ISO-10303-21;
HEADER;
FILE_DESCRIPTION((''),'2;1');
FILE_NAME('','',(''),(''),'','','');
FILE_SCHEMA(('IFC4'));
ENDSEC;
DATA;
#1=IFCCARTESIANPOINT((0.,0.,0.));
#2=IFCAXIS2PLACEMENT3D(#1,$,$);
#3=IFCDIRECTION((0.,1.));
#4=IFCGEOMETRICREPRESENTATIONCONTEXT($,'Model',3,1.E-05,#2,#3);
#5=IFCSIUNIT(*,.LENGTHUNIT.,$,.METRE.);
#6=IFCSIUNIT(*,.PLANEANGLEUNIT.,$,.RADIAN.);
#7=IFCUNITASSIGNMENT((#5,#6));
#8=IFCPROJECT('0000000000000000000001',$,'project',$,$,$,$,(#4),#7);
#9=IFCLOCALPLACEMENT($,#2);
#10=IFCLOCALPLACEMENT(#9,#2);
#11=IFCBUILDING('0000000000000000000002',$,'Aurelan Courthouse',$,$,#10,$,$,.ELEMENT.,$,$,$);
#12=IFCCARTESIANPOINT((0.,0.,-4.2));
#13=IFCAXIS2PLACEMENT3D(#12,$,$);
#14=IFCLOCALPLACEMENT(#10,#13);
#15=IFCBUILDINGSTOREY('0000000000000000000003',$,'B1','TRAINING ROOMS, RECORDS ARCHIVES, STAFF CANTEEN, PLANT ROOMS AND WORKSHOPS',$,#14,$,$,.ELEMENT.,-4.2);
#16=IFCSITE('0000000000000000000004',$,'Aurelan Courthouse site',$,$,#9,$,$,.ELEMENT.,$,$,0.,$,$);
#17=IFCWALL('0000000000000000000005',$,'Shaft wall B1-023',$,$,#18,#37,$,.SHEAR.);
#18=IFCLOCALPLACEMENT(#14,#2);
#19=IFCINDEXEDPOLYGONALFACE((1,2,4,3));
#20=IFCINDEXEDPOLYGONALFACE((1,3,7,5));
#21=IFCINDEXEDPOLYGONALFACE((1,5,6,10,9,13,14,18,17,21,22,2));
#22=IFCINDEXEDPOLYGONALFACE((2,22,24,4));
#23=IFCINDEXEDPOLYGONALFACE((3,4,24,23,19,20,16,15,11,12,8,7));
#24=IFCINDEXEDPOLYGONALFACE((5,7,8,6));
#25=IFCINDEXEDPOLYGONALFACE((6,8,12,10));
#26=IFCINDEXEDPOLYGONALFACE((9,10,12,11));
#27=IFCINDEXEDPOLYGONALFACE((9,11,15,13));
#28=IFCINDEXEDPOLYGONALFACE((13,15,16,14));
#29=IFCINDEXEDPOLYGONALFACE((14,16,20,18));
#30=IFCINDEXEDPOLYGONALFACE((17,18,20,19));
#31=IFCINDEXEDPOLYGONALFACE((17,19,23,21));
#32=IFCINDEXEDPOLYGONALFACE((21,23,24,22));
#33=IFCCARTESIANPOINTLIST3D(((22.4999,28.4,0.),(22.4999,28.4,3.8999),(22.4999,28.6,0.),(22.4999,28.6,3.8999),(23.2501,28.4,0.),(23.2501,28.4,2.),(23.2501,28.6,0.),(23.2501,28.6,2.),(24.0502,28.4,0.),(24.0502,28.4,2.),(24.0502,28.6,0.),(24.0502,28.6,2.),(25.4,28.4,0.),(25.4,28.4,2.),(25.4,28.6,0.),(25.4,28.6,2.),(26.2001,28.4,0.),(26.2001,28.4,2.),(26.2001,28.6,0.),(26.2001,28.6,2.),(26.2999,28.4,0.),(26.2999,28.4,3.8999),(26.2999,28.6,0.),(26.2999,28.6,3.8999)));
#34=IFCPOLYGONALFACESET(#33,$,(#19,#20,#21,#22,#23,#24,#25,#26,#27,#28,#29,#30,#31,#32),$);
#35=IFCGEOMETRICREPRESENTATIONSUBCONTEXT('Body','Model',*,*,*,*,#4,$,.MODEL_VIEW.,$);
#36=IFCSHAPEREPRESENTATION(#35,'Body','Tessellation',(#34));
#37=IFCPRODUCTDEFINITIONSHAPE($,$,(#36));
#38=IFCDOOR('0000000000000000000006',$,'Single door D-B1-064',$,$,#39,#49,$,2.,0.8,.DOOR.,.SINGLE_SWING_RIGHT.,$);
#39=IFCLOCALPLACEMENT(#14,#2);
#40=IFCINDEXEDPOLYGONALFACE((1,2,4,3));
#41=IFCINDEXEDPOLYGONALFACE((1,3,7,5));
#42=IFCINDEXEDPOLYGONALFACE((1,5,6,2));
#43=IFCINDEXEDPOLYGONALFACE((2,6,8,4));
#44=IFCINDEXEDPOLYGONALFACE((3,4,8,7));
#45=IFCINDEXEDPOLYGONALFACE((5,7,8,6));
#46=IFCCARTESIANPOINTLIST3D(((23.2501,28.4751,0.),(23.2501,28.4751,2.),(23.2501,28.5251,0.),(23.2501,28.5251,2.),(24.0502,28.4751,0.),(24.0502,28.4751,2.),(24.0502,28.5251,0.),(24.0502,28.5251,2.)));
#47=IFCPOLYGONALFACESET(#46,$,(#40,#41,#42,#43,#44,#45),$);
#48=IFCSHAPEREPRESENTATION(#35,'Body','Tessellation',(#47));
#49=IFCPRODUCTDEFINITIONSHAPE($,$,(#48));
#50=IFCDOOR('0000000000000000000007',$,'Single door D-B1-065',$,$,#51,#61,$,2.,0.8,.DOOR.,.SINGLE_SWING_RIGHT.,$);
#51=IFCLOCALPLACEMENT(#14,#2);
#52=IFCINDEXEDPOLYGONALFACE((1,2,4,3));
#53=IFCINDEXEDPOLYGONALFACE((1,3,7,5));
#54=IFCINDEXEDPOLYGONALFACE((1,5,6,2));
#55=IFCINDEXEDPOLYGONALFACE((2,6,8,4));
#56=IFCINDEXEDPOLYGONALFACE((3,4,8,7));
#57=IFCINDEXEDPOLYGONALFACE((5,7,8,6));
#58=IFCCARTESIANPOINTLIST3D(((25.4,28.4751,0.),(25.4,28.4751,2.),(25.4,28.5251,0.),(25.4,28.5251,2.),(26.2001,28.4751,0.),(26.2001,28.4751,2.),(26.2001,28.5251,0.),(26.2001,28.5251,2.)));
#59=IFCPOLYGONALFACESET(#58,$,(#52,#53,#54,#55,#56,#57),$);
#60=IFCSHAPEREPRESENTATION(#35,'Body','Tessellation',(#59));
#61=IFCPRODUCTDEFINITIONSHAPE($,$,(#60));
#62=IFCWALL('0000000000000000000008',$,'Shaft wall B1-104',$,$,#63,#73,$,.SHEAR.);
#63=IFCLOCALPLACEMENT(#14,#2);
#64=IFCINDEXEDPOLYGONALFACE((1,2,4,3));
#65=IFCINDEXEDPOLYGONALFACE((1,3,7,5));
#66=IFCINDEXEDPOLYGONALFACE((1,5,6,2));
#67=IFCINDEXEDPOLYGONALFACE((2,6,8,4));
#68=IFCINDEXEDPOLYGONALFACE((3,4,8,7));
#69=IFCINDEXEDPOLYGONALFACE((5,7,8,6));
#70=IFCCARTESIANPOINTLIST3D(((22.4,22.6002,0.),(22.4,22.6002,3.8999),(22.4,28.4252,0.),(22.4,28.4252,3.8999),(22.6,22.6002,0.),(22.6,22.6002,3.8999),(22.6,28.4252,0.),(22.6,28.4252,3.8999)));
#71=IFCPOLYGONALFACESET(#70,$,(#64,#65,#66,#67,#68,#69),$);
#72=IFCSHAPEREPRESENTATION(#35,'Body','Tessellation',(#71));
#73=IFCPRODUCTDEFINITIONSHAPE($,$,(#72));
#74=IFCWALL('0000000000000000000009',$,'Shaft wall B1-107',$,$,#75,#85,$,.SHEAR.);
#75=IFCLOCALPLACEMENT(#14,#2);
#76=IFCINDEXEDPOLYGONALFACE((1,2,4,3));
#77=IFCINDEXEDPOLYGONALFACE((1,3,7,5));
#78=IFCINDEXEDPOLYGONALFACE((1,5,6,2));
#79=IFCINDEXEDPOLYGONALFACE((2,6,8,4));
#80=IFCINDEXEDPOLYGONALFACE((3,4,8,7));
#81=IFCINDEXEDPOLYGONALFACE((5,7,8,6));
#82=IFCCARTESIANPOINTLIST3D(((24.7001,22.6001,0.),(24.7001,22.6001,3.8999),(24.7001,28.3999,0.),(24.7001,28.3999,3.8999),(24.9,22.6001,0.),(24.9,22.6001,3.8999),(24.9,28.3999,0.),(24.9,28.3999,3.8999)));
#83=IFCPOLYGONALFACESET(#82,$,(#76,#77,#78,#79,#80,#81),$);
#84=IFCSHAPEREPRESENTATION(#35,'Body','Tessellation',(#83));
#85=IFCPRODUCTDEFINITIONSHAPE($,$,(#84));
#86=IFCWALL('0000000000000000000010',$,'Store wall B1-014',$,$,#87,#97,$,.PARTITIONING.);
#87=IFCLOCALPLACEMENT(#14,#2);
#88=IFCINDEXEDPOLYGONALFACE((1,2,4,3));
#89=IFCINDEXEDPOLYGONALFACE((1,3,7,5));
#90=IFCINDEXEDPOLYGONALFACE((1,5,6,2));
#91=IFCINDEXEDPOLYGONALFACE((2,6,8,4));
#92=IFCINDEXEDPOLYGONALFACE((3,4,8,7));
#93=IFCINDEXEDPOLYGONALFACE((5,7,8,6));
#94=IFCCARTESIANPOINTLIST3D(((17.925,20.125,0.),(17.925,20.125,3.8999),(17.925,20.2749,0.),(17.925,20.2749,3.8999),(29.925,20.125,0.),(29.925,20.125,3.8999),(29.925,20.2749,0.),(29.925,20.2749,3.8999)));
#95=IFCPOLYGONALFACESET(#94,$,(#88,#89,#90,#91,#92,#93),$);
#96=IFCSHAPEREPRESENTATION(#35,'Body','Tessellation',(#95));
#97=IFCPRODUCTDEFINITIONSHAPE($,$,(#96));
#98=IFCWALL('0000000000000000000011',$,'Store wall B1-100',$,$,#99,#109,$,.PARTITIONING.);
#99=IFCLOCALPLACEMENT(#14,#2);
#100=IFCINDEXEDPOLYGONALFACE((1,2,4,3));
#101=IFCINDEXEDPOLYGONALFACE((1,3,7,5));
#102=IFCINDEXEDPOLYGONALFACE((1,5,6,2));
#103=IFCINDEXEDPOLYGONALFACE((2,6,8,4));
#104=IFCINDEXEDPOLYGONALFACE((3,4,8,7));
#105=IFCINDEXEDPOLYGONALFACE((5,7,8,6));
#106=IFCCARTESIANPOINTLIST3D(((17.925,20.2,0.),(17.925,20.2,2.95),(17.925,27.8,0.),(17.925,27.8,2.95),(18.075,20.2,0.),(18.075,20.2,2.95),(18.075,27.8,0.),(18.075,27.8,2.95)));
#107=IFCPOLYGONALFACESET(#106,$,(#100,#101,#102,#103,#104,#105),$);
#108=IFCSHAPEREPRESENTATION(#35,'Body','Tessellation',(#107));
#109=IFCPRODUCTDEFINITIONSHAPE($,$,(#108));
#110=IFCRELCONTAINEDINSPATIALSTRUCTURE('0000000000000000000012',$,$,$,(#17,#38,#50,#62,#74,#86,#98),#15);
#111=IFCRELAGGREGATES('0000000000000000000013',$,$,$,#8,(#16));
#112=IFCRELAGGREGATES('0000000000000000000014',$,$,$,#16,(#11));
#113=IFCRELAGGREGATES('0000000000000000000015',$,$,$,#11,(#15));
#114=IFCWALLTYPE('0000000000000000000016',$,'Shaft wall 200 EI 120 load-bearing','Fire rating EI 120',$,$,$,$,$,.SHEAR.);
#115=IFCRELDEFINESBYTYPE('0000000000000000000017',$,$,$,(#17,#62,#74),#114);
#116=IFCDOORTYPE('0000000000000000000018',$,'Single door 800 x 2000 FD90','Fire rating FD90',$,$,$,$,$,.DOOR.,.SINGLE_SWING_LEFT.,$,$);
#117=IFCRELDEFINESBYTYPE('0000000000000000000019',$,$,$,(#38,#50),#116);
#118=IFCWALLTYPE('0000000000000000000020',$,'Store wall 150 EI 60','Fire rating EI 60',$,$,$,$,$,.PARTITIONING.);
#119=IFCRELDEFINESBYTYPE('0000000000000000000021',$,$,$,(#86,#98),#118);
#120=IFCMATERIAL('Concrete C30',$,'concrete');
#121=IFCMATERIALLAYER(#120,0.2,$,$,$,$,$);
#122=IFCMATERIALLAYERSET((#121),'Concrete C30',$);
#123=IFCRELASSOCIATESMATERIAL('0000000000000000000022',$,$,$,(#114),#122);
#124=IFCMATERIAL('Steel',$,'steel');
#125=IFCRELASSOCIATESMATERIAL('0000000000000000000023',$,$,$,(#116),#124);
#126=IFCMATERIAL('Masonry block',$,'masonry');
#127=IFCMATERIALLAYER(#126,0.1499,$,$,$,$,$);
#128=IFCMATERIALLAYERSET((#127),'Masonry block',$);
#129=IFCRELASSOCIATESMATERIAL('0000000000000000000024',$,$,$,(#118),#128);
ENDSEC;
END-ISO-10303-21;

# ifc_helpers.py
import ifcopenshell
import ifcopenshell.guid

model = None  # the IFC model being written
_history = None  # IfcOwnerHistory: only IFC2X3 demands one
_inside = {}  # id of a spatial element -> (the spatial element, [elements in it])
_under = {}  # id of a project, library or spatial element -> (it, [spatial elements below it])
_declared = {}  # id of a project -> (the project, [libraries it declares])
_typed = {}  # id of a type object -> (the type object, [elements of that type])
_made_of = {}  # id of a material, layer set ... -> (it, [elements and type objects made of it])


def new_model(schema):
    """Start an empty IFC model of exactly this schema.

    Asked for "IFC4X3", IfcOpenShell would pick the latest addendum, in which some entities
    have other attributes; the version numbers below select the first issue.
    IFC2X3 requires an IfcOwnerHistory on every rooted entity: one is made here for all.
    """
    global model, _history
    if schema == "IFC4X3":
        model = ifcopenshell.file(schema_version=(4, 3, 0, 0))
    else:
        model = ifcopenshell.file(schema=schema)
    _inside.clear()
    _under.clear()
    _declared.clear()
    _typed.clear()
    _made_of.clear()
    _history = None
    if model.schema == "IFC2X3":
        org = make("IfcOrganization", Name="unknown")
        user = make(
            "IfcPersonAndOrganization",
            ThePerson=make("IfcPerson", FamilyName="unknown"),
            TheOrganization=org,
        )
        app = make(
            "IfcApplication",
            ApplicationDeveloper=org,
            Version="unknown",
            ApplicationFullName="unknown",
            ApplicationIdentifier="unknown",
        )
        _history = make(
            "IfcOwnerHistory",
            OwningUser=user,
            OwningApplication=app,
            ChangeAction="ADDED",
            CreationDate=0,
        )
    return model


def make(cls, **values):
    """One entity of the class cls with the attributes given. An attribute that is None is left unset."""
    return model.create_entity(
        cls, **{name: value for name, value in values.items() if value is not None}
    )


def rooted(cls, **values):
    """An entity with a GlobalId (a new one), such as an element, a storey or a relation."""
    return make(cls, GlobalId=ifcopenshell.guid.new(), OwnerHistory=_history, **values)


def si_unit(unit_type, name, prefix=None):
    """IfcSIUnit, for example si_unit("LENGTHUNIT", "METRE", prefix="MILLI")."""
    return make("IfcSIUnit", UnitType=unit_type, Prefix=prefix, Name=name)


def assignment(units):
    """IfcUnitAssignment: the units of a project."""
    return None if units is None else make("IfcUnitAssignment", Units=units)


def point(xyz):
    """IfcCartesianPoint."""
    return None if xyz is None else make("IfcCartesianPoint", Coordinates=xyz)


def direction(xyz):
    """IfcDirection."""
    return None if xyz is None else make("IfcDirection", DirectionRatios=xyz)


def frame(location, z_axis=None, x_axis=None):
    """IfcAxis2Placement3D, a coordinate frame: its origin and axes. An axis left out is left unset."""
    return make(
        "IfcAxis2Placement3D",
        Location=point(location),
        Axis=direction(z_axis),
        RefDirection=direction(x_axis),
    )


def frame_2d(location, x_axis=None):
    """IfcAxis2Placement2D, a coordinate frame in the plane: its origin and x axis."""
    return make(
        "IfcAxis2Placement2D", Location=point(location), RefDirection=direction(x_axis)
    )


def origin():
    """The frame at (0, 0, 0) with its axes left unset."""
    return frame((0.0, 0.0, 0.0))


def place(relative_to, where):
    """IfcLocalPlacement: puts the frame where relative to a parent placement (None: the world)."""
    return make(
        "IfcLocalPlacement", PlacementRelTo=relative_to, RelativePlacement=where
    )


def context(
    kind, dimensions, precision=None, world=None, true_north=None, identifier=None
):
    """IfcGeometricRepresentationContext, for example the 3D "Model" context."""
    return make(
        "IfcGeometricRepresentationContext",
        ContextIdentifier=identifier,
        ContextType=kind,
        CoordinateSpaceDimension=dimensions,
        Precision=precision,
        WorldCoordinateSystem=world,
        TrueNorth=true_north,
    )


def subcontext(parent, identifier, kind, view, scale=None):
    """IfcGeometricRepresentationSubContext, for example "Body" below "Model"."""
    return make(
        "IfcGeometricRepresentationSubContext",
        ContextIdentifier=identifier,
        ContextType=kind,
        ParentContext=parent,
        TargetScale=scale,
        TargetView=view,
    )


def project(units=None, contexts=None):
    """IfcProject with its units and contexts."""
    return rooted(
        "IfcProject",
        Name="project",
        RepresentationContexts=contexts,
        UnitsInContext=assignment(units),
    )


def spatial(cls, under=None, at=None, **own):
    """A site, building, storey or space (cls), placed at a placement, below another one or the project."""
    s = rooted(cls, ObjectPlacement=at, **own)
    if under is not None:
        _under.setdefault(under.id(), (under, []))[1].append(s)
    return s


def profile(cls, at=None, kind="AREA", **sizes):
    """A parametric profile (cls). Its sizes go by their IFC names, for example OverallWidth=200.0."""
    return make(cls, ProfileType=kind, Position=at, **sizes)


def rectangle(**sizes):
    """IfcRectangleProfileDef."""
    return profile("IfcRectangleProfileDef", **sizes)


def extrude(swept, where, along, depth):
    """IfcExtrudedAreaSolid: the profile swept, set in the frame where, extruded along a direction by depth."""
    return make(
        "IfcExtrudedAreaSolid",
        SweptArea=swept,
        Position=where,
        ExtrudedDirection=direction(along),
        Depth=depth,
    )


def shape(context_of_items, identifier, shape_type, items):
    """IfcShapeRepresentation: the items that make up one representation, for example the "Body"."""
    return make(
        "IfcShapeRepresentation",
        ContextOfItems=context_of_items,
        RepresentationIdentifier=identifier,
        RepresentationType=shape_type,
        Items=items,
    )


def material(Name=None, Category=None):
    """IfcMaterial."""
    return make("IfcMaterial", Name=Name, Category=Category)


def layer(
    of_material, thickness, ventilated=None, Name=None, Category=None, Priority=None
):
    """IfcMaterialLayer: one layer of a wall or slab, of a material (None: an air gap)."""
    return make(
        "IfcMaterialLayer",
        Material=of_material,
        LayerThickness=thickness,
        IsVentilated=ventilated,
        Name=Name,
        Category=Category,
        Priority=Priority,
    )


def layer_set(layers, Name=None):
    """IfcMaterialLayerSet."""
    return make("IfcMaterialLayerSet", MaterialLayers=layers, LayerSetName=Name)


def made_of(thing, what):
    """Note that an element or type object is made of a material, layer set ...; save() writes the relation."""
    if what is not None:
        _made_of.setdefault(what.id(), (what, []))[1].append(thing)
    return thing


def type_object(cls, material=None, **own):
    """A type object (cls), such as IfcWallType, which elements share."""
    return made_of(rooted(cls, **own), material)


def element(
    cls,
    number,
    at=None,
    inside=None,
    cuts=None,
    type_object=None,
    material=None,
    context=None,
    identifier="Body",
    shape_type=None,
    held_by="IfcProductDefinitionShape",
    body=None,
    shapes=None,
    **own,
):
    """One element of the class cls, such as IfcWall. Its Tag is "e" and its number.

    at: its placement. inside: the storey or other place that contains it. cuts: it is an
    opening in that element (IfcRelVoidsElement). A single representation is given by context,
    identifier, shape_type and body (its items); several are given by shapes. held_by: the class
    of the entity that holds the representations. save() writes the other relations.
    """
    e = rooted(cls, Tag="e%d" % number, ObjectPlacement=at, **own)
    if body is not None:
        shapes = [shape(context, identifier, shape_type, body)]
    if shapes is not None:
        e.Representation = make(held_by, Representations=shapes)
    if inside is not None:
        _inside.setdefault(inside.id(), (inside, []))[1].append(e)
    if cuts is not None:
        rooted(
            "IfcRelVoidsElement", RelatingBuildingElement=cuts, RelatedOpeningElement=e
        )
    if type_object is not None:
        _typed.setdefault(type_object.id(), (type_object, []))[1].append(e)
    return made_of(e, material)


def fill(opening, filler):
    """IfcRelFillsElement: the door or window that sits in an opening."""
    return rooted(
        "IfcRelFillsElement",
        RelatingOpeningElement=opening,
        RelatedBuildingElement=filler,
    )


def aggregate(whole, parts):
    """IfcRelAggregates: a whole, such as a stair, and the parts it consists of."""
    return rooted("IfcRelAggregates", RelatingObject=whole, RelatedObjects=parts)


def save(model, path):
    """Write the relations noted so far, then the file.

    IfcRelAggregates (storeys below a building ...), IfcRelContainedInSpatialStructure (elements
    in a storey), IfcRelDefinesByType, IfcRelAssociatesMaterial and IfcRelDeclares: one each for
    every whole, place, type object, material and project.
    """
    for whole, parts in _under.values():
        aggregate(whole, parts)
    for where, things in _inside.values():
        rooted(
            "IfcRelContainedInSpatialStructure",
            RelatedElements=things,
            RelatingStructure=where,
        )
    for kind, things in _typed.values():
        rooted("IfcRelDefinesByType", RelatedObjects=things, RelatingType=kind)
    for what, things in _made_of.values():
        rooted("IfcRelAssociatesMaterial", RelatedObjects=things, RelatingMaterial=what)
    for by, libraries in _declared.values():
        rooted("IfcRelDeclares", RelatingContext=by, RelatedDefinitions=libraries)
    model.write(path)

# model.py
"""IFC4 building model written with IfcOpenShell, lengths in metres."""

from ifc_helpers import new_model, si_unit, direction, frame, frame_2d, origin, place, context, subcontext, project, spatial, rectangle, extrude, material, layer, layer_set, type_object, element, fill, save


model = new_model("IFC4")

# Units and contexts
model_context = context("Model", 3, precision=1e-05, world=origin(), true_north=direction((0.0, 1.0)))
body_context = subcontext(model_context, "Body", "Model", "MODEL_VIEW")
ifc_project = project(units=[si_unit("LENGTHUNIT", "METRE"), si_unit("PLANEANGLEUNIT", "RADIAN")], contexts=[model_context])

# Site, building, storey
site_placement = place(None, origin())
site = spatial("IfcSite", under=ifc_project, at=site_placement, Name="Aurelan Courthouse site", CompositionType="ELEMENT", RefElevation=0.0)
building_placement = place(site_placement, origin())
building = spatial("IfcBuilding", under=site, at=building_placement, Name="Aurelan Courthouse", CompositionType="ELEMENT")
storey_placement = place(building_placement, frame((0.0, 0.0, -4.2)))
storey = spatial("IfcBuildingStorey", under=building, at=storey_placement, Name="B1", Description="TRAINING ROOMS, RECORDS ARCHIVES, STAFF CANTEEN, PLANT ROOMS AND WORKSHOPS", CompositionType="ELEMENT", Elevation=-4.2)

# Shared definitions
ifc_material_1 = material(Name="Steel", Category="steel")

# Shared definitions
ifc_material_2 = material(Name="Concrete C30", Category="concrete")
ifc_layer_1 = layer(ifc_material_2, 0.2)
ifc_layer_set_1 = layer_set([ifc_layer_1], Name="Concrete C30")
wall_type_1 = type_object("IfcWallType", Name="Shaft wall 200 EI 120 load-bearing", Description="Fire rating EI 120", PredefinedType="SHEAR", material=ifc_layer_set_1)

# Wall, openings, doors
wall_1_placement = place(storey_placement, frame((22.5, 28.5, 0.0), z_axis=(0.0, 0.0, 1.0), x_axis=(1.0, 0.0, 0.0)))
wall_1 = element("IfcWall", 1, at=wall_1_placement, inside=storey, type_object=wall_type_1, Name="Shaft wall B1-023", PredefinedType="SHEAR", context=body_context, shape_type="SweptSolid", body=[
    extrude(rectangle(XDim=3.8, YDim=0.2, at=frame_2d((1.8999, 0.0))), origin(), (0.0, 0.0, 1.0), 3.8999),
])
opening_1_placement = place(wall_1_placement, frame((1.55, 0.0, 0.0), z_axis=(0.0, 0.0, 1.0), x_axis=(-1.0, 0.0, 0.0)))
opening_1 = element("IfcOpeningElement", 2, at=opening_1_placement, cuts=wall_1, PredefinedType="OPENING", context=body_context, shape_type="SweptSolid", body=[
    extrude(rectangle(XDim=0.8, YDim=2.0, at=frame_2d((0.3999, 1.0))), frame((0.0, 0.1099, 0.0), z_axis=(0.0, -1.0, 0.0), x_axis=(1.0, 0.0, 0.0)), (0.0, 0.0, 1.0), 0.22),
])
opening_2_placement = place(wall_1_placement, frame((3.7, 0.0, 0.0), z_axis=(0.0, 0.0, 1.0), x_axis=(-1.0, 0.0, 0.0)))
opening_2 = element("IfcOpeningElement", 3, at=opening_2_placement, cuts=wall_1, PredefinedType="OPENING", context=body_context, shape_type="SweptSolid", body=[
    extrude(rectangle(XDim=0.8, YDim=2.0, at=frame_2d((0.3999, 1.0))), frame((0.0, 0.1099, 0.0), z_axis=(0.0, -1.0, 0.0), x_axis=(1.0, 0.0, 0.0)), (0.0, 0.0, 1.0), 0.22),
])
door_type_1 = type_object("IfcDoorType", Name="Single door 800 x 2000 FD90", Description="Fire rating FD90", OperationType="SINGLE_SWING_LEFT", PredefinedType="DOOR", material=ifc_material_1)
door_1_placement = place(opening_1_placement, origin())
door_1 = element("IfcDoor", 4, at=door_1_placement, inside=storey, type_object=door_type_1, Name="Single door D-B1-064", OperationType="SINGLE_SWING_RIGHT", OverallHeight=2.0, OverallWidth=0.8, PredefinedType="DOOR", context=body_context, shape_type="SweptSolid", body=[
    extrude(rectangle(XDim=0.8, YDim=2.0, at=frame_2d((0.3999, 1.0))), frame((0.0, 0.0249, 0.0), z_axis=(0.0, -1.0, 0.0), x_axis=(1.0, 0.0, 0.0)), (0.0, 0.0, 1.0), 0.05),
])
fill(opening_1, door_1)
door_2_placement = place(opening_2_placement, origin())
door_2 = element("IfcDoor", 5, at=door_2_placement, inside=storey, type_object=door_type_1, Name="Single door D-B1-065", OperationType="SINGLE_SWING_RIGHT", OverallHeight=2.0, OverallWidth=0.8, PredefinedType="DOOR", context=body_context, shape_type="SweptSolid", body=[
    extrude(rectangle(XDim=0.8, YDim=2.0, at=frame_2d((0.3999, 1.0))), frame((0.0, 0.0249, 0.0), z_axis=(0.0, -1.0, 0.0), x_axis=(1.0, 0.0, 0.0)), (0.0, 0.0, 1.0), 0.05),
])
fill(opening_2, door_2)

# Walls
wall_2_placement = place(storey_placement, frame((22.5, 22.6001, 0.0), z_axis=(0.0, 0.0, 1.0), x_axis=(0.0, 1.0, 0.0)))
element("IfcWall", 6, at=wall_2_placement, inside=storey, type_object=wall_type_1, Name="Shaft wall B1-104", PredefinedType="SHEAR", context=body_context, shape_type="SweptSolid", body=[
    extrude(rectangle(XDim=5.825, YDim=0.2, at=frame_2d((2.9126, 0.0))), origin(), (0.0, 0.0, 1.0), 3.8999),
])
wall_3_placement = place(storey_placement, frame((24.8, 22.6001, 0.0), z_axis=(0.0, 0.0, 1.0), x_axis=(0.0, 1.0, 0.0)))
element("IfcWall", 7, at=wall_3_placement, inside=storey, type_object=wall_type_1, Name="Shaft wall B1-107", PredefinedType="SHEAR", context=body_context, shape_type="SweptSolid", body=[
    extrude(rectangle(XDim=5.7998, YDim=0.2, at=frame_2d((2.8999, 0.0))), origin(), (0.0, 0.0, 1.0), 3.8999),
])
ifc_material_3 = material(Name="Masonry block", Category="masonry")
ifc_layer_2 = layer(ifc_material_3, 0.1499)
ifc_layer_set_2 = layer_set([ifc_layer_2], Name="Masonry block")
wall_type_2 = type_object("IfcWallType", Name="Store wall 150 EI 60", Description="Fire rating EI 60", PredefinedType="PARTITIONING", material=ifc_layer_set_2)
wall_4_placement = place(storey_placement, frame((17.925, 20.2, 0.0), z_axis=(0.0, 0.0, 1.0), x_axis=(1.0, 0.0, 0.0)))
element("IfcWall", 8, at=wall_4_placement, inside=storey, type_object=wall_type_2, Name="Store wall B1-014", PredefinedType="PARTITIONING", context=body_context, shape_type="SweptSolid", body=[
    extrude(rectangle(XDim=12.0, YDim=0.1499, at=frame_2d((6.0, 0.0))), origin(), (0.0, 0.0, 1.0), 3.8999),
])
wall_5_placement = place(storey_placement, frame((18.0, 20.2, 0.0), z_axis=(0.0, 0.0, 1.0), x_axis=(0.0, 1.0, 0.0)))
element("IfcWall", 9, at=wall_5_placement, inside=storey, type_object=wall_type_2, Name="Store wall B1-100", PredefinedType="PARTITIONING", context=body_context, shape_type="SweptSolid", body=[
    extrude(rectangle(XDim=7.6001, YDim=0.1499, at=frame_2d((3.8, 0.0))), origin(), (0.0, 0.0, 1.0), 2.95),
])

save(model, "model.ifc")
